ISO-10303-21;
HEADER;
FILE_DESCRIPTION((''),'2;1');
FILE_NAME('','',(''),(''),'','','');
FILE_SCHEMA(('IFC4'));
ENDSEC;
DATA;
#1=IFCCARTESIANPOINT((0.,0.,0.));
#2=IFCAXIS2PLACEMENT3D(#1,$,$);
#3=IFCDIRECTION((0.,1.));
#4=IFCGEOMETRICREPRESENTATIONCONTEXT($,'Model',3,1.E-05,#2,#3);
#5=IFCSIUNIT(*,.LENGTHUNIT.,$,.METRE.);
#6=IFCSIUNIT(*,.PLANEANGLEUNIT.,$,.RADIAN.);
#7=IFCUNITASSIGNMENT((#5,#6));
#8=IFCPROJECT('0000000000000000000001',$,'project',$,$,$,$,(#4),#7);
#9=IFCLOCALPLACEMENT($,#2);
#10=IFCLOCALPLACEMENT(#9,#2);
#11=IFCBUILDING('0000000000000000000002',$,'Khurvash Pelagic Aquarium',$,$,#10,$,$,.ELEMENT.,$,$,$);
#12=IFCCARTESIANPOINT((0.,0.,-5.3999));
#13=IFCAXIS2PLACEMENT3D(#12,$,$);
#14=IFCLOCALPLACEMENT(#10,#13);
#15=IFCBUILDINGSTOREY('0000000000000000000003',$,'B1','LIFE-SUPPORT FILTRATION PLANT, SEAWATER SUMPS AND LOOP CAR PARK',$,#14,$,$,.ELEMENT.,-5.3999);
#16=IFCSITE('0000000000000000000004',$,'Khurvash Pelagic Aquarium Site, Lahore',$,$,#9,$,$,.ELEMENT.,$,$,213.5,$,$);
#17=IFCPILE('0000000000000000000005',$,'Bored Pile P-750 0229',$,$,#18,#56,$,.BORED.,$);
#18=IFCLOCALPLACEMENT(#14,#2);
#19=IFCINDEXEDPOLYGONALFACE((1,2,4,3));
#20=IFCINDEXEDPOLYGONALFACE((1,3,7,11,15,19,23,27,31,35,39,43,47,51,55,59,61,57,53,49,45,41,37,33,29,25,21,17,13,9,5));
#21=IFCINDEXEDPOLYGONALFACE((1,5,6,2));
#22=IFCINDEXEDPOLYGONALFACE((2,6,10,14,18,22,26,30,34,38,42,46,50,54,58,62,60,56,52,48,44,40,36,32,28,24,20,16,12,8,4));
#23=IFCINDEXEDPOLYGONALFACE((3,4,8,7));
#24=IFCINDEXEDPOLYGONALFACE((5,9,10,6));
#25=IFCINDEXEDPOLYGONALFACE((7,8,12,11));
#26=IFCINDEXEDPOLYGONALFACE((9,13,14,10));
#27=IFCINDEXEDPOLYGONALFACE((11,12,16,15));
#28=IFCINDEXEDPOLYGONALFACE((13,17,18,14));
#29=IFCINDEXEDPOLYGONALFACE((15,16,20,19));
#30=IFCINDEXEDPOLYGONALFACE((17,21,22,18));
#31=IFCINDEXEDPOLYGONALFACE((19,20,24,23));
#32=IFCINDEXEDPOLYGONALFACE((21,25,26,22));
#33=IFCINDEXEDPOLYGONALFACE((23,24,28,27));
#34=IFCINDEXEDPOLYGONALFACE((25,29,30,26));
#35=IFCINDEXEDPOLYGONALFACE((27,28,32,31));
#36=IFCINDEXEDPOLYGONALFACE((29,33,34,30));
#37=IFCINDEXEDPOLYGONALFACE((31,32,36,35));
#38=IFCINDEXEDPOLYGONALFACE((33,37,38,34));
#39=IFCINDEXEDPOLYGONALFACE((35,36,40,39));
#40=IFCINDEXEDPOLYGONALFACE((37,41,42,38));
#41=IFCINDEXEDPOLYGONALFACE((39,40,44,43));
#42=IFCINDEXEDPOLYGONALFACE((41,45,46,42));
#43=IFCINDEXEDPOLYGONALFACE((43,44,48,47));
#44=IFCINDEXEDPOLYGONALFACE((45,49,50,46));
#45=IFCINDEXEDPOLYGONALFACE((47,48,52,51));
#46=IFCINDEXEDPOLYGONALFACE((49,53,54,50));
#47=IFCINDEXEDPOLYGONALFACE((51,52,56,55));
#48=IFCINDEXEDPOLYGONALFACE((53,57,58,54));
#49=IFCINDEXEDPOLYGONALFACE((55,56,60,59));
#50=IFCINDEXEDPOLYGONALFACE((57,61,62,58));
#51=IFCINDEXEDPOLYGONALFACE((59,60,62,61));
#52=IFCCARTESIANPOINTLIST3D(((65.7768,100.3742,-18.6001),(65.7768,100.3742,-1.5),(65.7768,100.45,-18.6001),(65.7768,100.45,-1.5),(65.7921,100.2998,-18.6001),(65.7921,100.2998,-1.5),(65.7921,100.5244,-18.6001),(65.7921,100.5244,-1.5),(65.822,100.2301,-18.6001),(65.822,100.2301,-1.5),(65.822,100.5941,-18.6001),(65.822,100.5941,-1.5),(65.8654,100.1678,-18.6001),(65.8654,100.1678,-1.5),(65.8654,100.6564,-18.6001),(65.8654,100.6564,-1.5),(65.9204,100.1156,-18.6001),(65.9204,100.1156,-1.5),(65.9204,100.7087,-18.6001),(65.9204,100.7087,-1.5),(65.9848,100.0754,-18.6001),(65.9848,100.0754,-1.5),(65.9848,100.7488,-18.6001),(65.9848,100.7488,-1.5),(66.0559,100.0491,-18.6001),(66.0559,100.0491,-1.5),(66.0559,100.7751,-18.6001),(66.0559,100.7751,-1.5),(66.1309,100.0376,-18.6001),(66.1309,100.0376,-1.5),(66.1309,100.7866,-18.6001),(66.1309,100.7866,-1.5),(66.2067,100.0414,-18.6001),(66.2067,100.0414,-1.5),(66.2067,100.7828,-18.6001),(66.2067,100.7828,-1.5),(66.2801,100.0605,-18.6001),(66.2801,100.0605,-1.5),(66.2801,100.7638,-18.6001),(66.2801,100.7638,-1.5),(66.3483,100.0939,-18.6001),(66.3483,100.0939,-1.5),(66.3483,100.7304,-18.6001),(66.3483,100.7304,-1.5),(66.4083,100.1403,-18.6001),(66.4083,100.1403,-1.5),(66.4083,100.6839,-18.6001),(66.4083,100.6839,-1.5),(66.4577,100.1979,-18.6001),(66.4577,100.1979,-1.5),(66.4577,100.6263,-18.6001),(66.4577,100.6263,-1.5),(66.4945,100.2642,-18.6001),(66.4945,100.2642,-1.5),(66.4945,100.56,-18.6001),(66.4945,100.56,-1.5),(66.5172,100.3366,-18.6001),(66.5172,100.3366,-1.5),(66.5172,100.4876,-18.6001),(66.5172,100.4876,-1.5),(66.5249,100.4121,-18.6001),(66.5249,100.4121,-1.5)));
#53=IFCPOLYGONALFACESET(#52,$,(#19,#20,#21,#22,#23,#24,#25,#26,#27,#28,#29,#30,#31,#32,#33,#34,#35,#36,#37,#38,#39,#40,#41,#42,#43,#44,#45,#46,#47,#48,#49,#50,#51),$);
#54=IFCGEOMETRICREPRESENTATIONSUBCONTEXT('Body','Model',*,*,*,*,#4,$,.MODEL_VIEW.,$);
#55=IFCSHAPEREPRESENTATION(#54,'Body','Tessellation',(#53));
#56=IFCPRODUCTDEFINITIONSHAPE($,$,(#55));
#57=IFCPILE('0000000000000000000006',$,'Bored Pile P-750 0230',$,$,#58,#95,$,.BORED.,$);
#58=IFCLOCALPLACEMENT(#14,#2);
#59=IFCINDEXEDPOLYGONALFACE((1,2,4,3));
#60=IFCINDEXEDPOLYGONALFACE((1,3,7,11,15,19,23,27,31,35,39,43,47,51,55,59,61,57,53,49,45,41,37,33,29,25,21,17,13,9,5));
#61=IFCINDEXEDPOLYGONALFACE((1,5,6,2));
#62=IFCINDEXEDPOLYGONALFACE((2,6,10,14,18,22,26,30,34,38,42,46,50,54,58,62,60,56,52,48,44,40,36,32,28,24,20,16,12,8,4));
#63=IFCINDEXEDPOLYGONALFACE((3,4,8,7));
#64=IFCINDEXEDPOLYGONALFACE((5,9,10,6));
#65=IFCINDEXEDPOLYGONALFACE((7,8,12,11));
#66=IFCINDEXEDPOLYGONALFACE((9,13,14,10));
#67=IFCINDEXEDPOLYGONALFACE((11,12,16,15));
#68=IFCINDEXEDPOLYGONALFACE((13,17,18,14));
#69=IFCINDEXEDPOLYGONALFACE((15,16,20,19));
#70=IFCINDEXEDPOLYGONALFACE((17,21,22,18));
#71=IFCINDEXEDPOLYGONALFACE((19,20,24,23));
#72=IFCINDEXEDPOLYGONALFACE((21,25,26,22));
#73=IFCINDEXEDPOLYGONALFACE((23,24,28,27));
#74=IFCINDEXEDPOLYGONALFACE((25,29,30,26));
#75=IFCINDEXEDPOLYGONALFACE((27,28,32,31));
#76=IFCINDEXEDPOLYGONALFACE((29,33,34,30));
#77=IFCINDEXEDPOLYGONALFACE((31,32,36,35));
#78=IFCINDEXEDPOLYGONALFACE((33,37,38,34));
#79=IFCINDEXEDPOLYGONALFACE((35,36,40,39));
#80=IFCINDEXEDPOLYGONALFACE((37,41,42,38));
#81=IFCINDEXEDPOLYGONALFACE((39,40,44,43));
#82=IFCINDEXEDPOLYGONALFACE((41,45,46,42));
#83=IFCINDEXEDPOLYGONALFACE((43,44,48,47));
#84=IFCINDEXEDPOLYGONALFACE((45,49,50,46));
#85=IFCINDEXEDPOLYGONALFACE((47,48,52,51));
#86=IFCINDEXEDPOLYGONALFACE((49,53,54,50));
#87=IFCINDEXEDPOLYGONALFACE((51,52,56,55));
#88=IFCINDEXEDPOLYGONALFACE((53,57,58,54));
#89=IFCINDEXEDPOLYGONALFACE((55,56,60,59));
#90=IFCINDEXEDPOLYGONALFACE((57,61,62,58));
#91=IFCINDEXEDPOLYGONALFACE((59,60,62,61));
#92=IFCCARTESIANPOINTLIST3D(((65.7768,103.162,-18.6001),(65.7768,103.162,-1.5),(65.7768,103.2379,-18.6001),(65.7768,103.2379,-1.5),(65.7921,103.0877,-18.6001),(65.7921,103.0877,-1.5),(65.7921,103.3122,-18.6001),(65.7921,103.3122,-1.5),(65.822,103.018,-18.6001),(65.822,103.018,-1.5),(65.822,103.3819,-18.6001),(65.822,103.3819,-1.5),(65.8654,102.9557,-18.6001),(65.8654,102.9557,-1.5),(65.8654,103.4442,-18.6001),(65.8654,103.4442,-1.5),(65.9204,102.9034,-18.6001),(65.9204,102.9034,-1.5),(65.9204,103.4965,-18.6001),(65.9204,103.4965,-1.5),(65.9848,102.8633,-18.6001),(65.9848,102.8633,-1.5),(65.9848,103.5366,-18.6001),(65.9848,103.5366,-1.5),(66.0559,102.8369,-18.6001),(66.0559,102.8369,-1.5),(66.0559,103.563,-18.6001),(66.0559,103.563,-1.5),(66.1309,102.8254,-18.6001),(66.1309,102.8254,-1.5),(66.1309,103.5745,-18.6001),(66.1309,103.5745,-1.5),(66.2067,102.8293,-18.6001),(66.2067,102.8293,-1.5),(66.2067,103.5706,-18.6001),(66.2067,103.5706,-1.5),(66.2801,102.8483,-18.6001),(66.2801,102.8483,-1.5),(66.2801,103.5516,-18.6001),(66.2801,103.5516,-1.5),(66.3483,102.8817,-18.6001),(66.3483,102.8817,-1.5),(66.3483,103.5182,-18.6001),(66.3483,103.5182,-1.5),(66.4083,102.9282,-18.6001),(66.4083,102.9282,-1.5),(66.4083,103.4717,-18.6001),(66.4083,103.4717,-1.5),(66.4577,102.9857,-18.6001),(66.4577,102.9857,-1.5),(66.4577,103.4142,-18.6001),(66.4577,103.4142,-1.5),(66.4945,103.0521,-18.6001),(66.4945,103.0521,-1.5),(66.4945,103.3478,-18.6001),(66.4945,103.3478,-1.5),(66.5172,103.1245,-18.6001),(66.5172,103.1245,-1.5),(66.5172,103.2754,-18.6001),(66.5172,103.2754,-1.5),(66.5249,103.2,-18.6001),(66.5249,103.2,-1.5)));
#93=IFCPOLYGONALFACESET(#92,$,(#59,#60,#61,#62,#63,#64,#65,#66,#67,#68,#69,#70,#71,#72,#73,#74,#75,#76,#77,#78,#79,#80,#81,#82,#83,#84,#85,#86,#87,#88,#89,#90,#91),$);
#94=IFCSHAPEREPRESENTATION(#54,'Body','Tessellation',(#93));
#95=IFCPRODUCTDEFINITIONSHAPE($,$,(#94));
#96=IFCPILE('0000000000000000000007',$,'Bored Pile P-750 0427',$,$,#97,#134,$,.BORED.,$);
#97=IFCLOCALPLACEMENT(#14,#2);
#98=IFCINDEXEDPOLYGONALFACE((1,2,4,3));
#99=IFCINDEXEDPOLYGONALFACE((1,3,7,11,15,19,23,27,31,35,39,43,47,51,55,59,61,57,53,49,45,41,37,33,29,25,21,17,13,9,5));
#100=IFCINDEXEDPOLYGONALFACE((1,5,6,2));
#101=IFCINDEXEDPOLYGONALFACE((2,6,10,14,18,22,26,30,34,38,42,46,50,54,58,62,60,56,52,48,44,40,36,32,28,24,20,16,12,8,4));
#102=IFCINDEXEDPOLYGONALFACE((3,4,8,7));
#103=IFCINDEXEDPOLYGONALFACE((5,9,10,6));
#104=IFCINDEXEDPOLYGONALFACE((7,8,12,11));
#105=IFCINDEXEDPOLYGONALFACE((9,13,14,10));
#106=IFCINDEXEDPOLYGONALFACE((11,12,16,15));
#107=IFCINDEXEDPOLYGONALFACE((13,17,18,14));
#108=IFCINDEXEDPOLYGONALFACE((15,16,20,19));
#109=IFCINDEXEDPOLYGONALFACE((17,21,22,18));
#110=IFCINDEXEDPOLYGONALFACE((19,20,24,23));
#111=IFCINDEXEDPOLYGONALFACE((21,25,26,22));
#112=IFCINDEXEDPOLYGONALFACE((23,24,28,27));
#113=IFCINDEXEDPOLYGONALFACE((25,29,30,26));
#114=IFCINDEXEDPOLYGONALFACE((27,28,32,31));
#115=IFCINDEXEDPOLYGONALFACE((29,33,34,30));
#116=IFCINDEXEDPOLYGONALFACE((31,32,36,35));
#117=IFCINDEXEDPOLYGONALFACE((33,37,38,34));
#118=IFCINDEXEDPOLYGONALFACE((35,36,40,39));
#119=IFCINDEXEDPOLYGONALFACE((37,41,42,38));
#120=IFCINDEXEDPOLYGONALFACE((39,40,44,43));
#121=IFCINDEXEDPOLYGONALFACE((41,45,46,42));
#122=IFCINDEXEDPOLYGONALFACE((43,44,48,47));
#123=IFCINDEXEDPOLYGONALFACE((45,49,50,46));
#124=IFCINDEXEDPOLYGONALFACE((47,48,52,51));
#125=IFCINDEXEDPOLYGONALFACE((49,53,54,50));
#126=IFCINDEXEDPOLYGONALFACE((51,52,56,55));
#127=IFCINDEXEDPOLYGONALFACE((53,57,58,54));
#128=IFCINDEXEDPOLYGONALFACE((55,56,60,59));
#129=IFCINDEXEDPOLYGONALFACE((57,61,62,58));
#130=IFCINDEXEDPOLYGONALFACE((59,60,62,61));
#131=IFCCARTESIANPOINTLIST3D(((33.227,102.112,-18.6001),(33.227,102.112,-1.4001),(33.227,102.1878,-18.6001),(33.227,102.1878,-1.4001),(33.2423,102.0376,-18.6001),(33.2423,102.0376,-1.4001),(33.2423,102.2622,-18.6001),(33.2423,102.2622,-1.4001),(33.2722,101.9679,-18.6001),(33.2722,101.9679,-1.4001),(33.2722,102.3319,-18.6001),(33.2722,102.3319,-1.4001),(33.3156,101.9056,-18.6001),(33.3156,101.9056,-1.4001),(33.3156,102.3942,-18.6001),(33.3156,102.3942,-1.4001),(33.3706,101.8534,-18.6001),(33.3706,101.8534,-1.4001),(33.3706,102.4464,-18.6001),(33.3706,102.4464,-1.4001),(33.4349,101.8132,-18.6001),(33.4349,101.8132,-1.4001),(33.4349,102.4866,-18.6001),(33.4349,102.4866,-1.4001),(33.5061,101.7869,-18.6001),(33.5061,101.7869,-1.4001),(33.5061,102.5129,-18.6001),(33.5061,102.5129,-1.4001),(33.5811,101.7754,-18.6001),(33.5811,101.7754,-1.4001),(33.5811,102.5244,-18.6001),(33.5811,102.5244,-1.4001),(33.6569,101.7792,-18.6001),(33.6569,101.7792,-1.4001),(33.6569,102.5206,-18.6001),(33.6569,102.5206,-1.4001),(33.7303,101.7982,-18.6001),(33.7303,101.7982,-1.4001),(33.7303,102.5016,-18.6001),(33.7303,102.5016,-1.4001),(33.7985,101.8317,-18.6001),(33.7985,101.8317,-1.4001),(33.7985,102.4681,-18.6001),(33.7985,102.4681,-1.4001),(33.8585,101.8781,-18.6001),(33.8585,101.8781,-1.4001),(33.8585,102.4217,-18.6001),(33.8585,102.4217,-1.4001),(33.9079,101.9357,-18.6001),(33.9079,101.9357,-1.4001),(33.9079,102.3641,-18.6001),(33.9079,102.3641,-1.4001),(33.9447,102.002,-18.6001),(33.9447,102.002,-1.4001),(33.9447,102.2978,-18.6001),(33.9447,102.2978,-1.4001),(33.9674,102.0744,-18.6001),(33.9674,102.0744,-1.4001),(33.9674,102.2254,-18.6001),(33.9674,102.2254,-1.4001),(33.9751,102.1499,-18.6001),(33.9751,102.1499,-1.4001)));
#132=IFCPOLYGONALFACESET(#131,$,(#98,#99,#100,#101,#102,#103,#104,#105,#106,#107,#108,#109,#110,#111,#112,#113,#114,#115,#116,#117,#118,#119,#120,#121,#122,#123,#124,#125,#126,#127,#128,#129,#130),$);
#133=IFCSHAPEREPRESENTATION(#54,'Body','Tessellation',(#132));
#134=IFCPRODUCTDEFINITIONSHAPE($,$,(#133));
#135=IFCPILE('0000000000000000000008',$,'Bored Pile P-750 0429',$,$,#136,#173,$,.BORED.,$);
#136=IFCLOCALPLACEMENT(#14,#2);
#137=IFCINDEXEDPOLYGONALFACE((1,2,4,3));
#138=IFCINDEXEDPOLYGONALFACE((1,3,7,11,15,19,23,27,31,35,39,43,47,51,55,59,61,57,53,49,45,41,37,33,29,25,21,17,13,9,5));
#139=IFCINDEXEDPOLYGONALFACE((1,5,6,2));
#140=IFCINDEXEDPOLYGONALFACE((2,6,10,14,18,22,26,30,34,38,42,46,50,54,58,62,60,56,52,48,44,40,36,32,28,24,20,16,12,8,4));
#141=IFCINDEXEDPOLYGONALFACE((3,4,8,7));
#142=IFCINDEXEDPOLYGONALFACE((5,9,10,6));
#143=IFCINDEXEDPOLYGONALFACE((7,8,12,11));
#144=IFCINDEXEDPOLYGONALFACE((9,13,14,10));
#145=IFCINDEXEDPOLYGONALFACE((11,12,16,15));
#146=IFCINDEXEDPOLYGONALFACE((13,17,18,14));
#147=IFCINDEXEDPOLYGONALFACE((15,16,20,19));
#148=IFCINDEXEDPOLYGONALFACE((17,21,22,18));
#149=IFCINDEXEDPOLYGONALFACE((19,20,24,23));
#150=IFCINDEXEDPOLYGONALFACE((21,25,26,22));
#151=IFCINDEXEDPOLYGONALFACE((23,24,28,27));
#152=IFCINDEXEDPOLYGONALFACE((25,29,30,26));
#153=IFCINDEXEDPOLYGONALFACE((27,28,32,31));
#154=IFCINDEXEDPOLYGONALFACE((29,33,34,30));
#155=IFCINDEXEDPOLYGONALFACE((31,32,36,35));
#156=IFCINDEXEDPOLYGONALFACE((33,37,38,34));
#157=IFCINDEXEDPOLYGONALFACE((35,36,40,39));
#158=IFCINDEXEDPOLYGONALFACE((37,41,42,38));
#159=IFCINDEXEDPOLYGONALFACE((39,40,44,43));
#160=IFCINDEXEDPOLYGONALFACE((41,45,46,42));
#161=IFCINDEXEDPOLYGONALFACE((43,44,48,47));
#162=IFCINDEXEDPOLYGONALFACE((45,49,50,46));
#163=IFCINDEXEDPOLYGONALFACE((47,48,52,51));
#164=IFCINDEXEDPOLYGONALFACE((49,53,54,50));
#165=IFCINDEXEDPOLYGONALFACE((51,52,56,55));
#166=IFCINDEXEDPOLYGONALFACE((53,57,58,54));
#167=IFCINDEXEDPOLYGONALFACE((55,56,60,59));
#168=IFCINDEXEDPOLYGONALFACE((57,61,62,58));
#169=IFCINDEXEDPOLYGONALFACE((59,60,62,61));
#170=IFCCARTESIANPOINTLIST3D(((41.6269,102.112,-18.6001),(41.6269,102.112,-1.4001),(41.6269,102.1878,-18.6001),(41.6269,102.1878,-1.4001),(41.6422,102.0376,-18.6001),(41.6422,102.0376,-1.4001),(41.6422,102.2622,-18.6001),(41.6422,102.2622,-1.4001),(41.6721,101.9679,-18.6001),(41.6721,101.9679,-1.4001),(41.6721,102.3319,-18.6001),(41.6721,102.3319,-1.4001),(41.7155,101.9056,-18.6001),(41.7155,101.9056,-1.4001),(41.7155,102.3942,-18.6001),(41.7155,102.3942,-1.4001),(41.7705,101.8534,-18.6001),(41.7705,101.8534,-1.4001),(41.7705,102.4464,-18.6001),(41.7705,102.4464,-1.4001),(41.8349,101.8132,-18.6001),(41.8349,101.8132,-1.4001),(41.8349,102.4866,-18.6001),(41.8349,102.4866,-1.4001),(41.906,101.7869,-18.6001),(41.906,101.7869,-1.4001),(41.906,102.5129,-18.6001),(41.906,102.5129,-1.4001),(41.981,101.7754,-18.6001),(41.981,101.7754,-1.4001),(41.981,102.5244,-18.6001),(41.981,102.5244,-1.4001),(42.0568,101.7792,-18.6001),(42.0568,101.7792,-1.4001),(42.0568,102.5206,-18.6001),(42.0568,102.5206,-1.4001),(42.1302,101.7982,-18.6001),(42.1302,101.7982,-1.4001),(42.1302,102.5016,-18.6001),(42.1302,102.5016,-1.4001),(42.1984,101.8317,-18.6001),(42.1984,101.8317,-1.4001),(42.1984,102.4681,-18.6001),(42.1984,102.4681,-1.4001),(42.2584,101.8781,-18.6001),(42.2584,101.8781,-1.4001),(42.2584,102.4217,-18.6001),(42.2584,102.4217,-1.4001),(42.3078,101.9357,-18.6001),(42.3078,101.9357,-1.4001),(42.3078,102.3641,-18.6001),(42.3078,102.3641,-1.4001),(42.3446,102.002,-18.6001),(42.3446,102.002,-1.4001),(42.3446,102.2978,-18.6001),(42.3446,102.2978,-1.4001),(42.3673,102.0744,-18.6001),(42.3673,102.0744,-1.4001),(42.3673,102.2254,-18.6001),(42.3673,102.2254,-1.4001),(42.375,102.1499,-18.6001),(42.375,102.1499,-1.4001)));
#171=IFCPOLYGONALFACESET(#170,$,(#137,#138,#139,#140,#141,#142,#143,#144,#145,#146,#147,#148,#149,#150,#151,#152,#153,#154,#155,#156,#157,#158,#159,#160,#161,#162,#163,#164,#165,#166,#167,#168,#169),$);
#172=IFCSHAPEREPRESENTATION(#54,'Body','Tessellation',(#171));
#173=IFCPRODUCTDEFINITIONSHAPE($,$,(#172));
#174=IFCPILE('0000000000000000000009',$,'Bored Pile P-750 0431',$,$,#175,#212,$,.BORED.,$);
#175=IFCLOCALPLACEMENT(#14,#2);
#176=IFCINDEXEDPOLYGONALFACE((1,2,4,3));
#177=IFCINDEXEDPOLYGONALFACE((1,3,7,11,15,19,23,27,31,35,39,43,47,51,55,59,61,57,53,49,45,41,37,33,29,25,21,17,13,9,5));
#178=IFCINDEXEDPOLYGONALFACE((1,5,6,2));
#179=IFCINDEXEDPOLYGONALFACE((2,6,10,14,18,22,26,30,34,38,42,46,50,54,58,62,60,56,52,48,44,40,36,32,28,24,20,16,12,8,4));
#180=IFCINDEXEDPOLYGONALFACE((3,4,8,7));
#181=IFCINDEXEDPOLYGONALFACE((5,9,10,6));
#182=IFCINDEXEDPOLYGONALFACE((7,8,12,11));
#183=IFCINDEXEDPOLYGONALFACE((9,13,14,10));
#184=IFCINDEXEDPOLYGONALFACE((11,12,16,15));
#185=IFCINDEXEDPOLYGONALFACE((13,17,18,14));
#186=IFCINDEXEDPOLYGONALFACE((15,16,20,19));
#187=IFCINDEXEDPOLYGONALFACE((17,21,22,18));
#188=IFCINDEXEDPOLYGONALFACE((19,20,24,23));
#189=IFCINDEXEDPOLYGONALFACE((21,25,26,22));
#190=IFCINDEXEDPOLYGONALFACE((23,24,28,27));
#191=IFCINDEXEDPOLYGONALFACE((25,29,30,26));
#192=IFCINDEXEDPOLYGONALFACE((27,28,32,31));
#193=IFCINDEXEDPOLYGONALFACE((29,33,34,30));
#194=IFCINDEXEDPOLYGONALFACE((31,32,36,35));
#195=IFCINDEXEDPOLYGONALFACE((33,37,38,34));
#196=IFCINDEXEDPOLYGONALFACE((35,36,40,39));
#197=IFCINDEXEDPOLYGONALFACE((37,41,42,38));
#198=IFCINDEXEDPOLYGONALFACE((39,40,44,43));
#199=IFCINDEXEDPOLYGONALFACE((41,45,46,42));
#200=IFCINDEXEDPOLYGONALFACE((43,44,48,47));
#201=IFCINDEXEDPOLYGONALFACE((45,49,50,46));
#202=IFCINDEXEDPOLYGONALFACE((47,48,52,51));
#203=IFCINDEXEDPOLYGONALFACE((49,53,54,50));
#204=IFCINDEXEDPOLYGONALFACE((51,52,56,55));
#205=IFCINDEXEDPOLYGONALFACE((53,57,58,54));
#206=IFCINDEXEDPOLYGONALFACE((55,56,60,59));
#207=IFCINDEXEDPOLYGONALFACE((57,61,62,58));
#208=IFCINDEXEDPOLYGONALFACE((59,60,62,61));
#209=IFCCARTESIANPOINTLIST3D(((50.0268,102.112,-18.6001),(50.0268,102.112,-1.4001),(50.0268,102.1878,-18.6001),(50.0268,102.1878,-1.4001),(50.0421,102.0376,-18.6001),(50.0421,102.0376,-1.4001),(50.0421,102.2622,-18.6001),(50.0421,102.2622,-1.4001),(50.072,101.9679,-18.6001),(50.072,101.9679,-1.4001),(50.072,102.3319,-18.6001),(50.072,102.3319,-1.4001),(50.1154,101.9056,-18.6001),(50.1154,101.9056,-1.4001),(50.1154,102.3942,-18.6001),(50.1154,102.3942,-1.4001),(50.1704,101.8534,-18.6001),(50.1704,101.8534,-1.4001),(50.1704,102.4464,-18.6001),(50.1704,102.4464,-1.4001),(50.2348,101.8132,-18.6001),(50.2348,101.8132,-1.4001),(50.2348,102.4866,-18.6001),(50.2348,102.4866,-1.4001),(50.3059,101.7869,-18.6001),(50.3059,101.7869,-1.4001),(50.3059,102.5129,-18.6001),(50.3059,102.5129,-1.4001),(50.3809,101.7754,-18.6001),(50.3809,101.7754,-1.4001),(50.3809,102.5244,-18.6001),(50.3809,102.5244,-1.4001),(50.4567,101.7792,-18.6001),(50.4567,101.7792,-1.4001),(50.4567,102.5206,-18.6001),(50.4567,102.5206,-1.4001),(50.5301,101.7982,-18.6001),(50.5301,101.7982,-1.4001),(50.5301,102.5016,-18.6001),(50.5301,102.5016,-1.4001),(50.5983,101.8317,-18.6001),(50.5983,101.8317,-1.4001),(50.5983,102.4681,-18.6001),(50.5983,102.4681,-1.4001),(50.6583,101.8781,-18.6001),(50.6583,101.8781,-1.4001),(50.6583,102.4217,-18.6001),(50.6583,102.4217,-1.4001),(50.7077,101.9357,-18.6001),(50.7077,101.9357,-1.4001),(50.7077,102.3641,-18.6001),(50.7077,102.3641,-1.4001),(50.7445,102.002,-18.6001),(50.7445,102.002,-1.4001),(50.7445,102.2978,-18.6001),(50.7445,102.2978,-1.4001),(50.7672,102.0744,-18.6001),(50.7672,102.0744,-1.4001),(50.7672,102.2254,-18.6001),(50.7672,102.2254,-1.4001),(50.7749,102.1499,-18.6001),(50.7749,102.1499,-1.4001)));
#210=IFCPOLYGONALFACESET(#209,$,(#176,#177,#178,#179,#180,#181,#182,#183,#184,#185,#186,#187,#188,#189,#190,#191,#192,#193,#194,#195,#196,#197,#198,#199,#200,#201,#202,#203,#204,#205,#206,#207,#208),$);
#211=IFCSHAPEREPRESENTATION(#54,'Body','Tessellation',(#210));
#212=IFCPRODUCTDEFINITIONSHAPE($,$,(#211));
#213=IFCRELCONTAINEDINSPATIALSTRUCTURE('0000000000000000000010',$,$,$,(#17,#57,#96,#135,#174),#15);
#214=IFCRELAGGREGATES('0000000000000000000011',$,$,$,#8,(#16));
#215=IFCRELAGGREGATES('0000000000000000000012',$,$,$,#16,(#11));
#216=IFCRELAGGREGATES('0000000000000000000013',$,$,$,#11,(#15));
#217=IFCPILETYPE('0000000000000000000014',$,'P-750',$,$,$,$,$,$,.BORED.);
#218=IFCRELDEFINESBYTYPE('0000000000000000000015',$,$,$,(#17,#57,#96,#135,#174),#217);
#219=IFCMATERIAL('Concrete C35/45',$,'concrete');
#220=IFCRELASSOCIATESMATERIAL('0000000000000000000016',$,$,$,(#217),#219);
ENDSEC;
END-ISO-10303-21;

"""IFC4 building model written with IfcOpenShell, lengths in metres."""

from ifc_helpers import new_model, si_unit, direction, frame, origin, origin_2d, place, context, subcontext, project, spatial, circle, extrude, material, material_profile, profile_set, type_object, element, save


model = new_model("IFC4")

# Units and contexts
model_context = context("Model", 3, precision=1e-05, world=origin(), true_north=direction((0.0, 1.0)))
body_context = subcontext(model_context, "Body", "Model", "MODEL_VIEW")
ifc_project = project(units=[si_unit("LENGTHUNIT", "METRE"), si_unit("PLANEANGLEUNIT", "RADIAN")], contexts=[model_context])

# Site, building, storey
site_placement = place(None, origin())
site = spatial("IfcSite", under=ifc_project, at=site_placement, Name="Khurvash Pelagic Aquarium Site, Lahore", CompositionType="ELEMENT", RefElevation=213.5)
building_placement = place(site_placement, origin())
building = spatial("IfcBuilding", under=site, at=building_placement, Name="Khurvash Pelagic Aquarium", CompositionType="ELEMENT")
storey_placement = place(building_placement, frame((0.0, 0.0, -5.3999)))
storey = spatial("IfcBuildingStorey", under=building, at=storey_placement, Name="B1", Description="LIFE-SUPPORT FILTRATION PLANT, SEAWATER SUMPS AND LOOP CAR PARK", CompositionType="ELEMENT", Elevation=-5.3999)

# Shared definitions
ifc_material_1 = material(Name="Concrete C35/45", Category="concrete")

# Piles
ifc_material_profile_1 = material_profile(ifc_material_1, circle(Radius=0.375, at=origin_2d()), Name="PILE750")
ifc_profile_set_1 = profile_set([ifc_material_profile_1], Name="Concrete C35/45")
pile_type = type_object("IfcPileType", Name="P-750", PredefinedType="BORED", material=ifc_profile_set_1)
for number, where, z_axis, x_axis, name in (
    (1, (66.1499, 100.4121, -1.5), (0.0, 0.0, -1.0), (1.0, 0.0, 0.0), "Bored Pile P-750 0229"),
    (2, (66.1499, 103.2, -1.5), (0.0, 0.0, -1.0), (1.0, 0.0, 0.0), "Bored Pile P-750 0230"),
):
    element("IfcPile", number, at=place(storey_placement, frame(where, z_axis=z_axis, x_axis=x_axis)), inside=storey, type_object=pile_type, Name=name, PredefinedType="BORED", context=body_context, shape_type="SweptSolid", body=[
        extrude(circle(Radius=0.375, at=origin_2d()), origin(), (0.0, 0.0, 1.0), 17.1001),
    ])
for number, where, z_axis, x_axis, name in (
    (3, (33.6001, 102.1499, -1.4001), (0.0, 0.0, -1.0), (1.0, 0.0, 0.0), "Bored Pile P-750 0427"),
    (4, (42.0, 102.1499, -1.4001), (0.0, 0.0, -1.0), (1.0, 0.0, 0.0), "Bored Pile P-750 0429"),
    (5, (50.3999, 102.1499, -1.4001), (0.0, 0.0, -1.0), (1.0, 0.0, 0.0), "Bored Pile P-750 0431"),
):
    element("IfcPile", number, at=place(storey_placement, frame(where, z_axis=z_axis, x_axis=x_axis)), inside=storey, type_object=pile_type, Name=name, PredefinedType="BORED", context=body_context, shape_type="SweptSolid", body=[
        extrude(circle(Radius=0.375, at=origin_2d()), origin(), (0.0, 0.0, 1.0), 17.2),
    ])

save(model, "model.ifc")
